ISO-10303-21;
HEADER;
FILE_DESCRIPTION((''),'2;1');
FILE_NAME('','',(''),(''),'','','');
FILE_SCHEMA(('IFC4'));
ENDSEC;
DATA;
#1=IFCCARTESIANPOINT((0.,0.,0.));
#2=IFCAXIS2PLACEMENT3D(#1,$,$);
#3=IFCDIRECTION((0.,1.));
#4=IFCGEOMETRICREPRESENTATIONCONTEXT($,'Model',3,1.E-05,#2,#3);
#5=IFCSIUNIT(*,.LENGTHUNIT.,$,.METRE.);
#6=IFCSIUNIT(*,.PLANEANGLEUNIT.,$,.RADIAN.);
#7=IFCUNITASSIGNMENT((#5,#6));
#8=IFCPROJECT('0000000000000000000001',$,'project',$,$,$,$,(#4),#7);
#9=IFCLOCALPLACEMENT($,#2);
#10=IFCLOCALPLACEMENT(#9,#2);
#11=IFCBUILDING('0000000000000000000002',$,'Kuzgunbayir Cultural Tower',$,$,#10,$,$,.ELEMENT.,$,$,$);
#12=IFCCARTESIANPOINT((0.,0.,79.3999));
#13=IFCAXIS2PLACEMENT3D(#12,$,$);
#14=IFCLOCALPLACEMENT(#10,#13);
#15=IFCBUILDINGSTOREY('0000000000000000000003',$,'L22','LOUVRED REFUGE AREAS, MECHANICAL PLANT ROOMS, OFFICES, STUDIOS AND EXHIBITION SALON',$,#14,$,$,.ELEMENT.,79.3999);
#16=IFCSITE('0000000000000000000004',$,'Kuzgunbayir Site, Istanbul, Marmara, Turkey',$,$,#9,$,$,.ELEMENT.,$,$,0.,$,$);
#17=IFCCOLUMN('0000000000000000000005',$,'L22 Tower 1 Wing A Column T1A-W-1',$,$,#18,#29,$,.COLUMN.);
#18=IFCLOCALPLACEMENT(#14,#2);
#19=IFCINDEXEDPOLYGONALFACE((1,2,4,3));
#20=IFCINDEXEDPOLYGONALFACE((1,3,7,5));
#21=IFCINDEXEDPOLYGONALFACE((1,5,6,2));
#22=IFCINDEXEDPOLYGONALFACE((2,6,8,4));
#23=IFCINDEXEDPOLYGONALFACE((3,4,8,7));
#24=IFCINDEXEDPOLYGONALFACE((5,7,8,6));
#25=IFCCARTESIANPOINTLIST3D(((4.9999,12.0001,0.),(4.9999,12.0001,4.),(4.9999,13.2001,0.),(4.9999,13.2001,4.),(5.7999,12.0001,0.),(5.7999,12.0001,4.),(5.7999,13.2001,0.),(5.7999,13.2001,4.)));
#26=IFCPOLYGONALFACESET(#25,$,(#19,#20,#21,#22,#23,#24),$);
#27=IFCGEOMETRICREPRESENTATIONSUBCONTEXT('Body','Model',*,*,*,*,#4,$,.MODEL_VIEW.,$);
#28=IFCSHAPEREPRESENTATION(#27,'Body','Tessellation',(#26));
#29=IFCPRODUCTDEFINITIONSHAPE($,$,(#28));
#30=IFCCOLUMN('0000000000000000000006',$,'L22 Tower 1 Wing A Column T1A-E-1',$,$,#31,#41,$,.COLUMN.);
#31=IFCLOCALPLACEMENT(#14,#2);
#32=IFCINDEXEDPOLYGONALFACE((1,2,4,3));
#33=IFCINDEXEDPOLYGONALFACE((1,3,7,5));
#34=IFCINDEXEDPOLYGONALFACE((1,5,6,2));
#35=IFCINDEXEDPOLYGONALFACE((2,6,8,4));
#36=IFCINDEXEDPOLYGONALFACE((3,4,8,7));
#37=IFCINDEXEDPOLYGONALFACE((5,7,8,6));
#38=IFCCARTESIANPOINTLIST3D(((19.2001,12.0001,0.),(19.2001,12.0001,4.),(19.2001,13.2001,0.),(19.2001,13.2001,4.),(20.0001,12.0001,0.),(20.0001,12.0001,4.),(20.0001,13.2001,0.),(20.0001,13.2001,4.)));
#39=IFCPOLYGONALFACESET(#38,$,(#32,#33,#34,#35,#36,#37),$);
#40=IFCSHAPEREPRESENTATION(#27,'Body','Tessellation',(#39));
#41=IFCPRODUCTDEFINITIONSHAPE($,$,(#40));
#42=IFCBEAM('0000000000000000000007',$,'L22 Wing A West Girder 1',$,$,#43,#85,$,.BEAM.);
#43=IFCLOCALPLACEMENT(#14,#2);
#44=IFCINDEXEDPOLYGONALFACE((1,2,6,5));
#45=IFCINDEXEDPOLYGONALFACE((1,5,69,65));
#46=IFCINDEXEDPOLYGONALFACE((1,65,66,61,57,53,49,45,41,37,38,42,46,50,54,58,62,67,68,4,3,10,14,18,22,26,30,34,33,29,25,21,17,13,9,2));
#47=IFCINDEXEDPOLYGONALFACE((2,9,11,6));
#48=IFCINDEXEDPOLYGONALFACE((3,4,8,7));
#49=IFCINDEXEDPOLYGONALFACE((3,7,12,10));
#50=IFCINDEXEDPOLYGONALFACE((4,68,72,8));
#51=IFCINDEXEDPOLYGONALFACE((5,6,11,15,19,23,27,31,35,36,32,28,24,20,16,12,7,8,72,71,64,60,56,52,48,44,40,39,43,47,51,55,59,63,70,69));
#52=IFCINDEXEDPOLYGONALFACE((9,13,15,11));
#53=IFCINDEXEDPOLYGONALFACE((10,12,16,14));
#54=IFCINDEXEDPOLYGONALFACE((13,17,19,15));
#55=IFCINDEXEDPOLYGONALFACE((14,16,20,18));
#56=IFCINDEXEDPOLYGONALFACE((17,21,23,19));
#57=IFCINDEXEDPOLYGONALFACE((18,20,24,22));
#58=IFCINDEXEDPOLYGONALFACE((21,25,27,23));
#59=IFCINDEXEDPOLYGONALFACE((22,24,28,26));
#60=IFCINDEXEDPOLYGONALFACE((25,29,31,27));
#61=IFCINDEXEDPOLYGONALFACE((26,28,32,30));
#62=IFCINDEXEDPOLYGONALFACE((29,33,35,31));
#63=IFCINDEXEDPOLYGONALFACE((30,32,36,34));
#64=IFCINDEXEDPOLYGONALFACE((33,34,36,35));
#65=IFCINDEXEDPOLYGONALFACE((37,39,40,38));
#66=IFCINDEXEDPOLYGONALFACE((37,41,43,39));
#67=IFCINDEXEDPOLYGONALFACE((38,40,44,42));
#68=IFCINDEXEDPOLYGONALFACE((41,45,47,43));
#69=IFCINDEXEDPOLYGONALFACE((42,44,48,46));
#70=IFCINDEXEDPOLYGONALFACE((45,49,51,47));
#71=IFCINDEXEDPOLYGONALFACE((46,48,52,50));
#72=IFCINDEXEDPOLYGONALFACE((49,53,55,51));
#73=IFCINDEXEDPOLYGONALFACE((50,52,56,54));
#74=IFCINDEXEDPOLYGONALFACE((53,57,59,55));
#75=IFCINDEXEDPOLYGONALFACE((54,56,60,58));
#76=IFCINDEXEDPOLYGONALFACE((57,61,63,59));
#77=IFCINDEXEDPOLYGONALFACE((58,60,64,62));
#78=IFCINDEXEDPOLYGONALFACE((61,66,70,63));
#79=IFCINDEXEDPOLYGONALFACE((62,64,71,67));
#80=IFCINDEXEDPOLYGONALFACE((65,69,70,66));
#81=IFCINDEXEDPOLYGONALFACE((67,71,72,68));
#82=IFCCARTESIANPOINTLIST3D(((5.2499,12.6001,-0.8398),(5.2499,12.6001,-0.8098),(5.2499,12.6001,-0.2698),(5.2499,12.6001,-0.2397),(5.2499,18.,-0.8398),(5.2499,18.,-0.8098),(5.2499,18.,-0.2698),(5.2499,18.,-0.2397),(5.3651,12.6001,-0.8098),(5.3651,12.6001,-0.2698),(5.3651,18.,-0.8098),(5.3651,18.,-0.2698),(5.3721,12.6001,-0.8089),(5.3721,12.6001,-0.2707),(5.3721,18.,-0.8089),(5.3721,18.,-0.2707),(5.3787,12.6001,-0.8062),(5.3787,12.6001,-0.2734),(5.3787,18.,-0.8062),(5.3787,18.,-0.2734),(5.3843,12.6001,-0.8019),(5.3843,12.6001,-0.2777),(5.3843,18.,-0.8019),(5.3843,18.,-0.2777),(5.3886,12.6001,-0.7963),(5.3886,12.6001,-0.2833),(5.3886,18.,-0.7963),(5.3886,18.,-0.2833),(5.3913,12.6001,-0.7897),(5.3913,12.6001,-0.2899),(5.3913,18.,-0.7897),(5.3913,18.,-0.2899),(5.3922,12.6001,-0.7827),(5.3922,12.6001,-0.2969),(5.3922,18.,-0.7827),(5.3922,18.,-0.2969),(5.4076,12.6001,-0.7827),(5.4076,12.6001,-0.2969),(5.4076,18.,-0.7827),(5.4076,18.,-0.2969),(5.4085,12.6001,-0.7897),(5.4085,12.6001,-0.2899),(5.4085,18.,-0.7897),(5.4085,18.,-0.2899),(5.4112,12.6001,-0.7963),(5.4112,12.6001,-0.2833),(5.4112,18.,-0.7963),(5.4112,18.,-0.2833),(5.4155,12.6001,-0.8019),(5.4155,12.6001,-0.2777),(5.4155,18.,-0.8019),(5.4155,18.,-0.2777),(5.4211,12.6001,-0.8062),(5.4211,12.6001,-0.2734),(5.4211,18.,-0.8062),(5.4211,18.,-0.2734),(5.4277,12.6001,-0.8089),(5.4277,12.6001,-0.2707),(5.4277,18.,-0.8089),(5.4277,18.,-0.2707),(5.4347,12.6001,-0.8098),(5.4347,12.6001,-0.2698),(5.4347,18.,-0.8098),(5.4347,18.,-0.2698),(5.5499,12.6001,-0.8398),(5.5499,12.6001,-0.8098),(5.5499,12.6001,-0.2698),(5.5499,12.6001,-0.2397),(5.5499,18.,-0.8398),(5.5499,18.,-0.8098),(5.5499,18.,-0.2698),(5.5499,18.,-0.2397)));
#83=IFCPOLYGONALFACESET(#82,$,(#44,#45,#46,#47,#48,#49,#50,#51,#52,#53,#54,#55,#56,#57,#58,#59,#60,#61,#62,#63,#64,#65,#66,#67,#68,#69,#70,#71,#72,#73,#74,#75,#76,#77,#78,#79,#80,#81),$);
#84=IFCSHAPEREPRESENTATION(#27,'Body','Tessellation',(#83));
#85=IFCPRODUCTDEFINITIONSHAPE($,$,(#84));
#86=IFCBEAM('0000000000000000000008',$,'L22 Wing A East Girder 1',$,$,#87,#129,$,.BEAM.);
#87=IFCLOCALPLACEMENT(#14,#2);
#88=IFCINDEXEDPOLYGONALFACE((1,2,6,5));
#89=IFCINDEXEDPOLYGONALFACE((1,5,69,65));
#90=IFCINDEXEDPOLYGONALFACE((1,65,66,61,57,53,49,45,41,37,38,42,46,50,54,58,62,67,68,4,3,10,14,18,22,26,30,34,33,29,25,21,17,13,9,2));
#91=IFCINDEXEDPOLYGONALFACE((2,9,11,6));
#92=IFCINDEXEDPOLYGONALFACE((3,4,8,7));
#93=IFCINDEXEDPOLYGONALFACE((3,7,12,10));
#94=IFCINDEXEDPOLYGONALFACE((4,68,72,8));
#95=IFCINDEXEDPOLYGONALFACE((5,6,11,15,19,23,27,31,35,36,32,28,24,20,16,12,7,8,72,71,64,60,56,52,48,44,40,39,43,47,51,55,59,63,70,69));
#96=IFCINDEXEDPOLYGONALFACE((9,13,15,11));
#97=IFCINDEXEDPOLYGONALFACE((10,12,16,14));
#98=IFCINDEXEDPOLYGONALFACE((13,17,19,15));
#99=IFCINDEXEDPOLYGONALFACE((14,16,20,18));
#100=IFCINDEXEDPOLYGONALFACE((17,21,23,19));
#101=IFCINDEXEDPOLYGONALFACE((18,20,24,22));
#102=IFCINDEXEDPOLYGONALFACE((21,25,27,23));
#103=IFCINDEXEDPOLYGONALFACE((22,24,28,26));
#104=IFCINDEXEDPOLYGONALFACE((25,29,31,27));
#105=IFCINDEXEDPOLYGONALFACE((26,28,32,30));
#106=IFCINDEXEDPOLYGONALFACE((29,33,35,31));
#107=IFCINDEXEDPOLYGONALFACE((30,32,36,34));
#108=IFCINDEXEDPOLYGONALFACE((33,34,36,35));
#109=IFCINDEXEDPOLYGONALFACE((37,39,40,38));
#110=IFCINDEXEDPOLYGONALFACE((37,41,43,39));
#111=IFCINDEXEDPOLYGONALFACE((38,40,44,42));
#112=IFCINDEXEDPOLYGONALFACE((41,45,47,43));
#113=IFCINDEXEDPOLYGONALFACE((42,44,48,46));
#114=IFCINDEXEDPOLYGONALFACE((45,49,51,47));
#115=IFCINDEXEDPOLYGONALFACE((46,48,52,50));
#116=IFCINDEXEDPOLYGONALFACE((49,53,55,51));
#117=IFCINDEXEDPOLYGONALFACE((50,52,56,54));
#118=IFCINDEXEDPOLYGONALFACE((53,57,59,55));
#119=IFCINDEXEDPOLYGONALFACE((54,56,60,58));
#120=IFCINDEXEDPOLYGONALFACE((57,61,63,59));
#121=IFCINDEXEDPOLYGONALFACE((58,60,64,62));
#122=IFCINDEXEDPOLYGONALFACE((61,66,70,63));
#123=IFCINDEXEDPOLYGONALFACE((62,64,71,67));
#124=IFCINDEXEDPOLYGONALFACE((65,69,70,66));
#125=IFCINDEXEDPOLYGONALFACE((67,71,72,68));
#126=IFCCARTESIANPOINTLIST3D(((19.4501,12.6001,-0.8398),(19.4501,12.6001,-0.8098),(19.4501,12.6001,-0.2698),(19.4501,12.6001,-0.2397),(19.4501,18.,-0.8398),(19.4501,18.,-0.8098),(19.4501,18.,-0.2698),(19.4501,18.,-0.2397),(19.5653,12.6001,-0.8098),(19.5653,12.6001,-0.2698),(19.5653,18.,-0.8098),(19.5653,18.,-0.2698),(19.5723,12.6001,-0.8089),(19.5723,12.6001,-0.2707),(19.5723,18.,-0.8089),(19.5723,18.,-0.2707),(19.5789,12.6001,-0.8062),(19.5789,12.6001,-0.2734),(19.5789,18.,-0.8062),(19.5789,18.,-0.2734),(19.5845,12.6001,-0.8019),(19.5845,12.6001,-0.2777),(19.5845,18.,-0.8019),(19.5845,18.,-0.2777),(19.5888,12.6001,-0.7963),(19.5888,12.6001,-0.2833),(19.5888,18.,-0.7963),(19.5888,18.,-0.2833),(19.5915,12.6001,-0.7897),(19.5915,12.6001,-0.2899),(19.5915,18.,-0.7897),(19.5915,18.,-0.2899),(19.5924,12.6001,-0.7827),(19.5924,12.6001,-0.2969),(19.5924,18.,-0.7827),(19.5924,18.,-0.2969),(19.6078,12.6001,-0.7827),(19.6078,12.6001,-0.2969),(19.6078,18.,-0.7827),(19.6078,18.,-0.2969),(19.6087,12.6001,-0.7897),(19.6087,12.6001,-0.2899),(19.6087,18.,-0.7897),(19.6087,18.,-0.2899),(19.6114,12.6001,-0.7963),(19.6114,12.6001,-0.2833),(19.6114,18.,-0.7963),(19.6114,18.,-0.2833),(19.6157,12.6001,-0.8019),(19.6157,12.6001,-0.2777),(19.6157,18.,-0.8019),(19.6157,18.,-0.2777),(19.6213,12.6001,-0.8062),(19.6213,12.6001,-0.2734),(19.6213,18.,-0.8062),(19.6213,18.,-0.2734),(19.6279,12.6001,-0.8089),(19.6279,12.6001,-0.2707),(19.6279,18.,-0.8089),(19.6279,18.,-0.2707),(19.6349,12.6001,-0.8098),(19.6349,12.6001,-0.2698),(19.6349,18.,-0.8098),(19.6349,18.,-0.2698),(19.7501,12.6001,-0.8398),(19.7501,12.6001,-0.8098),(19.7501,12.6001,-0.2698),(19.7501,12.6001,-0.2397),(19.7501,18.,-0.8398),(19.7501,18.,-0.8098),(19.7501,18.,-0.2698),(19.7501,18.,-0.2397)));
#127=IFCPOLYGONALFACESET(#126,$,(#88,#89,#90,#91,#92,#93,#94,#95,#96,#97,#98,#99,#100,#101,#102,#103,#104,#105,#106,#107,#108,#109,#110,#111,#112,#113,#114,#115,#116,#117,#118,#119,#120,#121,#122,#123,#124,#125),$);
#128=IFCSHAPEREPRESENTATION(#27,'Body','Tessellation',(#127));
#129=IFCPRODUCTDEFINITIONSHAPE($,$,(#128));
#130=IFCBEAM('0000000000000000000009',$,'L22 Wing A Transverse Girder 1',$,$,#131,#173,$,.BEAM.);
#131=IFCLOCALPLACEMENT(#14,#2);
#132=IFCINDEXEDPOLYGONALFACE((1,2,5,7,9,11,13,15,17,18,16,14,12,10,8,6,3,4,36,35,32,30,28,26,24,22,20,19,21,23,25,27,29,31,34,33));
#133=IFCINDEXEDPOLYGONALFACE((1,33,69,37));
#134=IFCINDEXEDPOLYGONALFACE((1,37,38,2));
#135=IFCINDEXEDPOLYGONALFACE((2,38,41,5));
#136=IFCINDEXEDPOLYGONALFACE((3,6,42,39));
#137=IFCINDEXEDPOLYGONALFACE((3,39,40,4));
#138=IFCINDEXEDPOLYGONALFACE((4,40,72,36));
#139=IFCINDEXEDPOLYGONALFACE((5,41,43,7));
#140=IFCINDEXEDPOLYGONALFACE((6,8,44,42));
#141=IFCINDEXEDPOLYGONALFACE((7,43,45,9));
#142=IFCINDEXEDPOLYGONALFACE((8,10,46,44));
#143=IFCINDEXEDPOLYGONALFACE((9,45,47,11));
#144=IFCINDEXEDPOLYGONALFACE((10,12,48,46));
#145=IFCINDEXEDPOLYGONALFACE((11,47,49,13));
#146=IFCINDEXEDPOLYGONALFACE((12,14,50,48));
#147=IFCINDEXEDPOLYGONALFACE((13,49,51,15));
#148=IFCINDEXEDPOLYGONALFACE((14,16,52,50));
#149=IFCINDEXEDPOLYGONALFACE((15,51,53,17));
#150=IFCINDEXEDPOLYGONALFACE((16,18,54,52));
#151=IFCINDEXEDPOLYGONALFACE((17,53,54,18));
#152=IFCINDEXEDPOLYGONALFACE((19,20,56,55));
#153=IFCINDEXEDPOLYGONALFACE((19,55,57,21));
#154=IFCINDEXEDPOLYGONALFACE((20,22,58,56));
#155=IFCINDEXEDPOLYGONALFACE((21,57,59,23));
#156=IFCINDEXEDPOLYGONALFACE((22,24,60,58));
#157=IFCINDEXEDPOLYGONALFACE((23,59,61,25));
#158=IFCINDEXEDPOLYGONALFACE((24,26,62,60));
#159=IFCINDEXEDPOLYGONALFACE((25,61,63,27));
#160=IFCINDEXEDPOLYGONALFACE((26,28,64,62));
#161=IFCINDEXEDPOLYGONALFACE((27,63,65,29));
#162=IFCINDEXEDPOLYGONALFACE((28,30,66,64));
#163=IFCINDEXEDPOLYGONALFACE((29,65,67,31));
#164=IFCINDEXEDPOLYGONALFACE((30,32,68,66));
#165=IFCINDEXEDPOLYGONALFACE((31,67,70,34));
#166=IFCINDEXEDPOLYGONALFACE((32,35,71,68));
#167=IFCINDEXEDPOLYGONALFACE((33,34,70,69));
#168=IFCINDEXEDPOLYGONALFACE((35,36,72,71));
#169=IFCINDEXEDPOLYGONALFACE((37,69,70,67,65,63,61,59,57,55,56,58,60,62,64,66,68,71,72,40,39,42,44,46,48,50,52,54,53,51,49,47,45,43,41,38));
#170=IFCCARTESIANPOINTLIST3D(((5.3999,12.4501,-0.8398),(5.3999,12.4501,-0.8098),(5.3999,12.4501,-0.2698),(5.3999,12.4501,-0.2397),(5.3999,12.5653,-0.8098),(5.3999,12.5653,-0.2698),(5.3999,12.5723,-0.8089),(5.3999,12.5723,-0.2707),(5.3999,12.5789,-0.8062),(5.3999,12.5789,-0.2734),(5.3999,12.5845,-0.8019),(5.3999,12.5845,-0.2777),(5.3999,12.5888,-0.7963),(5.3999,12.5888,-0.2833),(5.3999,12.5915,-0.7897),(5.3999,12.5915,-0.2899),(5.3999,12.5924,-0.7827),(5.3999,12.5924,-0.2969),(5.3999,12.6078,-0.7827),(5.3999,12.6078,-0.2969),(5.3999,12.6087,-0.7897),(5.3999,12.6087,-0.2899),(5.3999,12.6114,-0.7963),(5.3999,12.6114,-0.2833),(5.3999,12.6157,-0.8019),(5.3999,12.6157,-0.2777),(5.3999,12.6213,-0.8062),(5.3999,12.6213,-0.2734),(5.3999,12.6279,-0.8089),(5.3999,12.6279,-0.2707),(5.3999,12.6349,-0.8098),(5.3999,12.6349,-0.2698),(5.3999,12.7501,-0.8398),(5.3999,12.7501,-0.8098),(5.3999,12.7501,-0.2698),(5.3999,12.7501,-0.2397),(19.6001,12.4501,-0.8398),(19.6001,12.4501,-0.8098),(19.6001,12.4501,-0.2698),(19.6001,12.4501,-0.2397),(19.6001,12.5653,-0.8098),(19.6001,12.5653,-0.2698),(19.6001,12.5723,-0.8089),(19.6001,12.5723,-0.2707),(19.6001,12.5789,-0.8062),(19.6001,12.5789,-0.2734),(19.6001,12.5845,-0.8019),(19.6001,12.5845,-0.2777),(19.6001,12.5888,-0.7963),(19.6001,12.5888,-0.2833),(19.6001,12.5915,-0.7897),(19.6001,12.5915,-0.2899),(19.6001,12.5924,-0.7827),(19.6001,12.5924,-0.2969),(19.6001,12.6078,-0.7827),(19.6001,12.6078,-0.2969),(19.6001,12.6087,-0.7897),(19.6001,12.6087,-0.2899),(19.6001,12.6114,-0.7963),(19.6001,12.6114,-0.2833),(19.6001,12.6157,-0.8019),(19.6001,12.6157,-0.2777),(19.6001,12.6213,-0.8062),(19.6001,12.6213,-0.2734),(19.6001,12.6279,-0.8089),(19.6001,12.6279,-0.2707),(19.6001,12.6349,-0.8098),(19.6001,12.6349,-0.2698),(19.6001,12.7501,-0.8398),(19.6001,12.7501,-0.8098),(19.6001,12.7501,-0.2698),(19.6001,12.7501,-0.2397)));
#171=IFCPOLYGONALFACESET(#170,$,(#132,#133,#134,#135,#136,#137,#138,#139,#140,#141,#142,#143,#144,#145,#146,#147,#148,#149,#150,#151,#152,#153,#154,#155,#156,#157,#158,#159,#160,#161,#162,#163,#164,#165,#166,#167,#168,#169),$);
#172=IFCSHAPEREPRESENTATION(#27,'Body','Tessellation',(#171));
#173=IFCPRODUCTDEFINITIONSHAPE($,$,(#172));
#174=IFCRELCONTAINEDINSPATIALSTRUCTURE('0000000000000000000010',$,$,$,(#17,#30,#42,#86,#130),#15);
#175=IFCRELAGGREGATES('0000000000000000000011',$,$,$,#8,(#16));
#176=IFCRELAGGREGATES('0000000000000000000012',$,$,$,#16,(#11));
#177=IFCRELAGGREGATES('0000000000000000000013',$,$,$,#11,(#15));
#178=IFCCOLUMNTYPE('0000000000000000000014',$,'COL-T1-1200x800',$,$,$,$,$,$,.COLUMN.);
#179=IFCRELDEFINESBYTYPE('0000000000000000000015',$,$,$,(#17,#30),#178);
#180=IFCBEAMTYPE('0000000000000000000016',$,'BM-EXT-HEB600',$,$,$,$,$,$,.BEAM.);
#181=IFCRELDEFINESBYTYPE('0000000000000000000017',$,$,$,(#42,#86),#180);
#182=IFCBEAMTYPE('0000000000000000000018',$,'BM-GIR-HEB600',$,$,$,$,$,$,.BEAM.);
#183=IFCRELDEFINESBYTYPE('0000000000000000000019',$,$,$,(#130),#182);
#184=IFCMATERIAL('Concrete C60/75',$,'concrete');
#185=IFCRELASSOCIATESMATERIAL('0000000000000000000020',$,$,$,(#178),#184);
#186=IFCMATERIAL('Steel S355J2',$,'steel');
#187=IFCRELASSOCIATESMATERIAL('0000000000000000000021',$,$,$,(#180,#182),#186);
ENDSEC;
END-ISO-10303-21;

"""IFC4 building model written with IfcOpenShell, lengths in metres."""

from ifc_helpers import new_model, si_unit, direction, frame, origin, origin_2d, place, context, subcontext, project, spatial, rectangle, i_section, extrude, material, material_profile, profile_set, type_object, element, save


model = new_model("IFC4")

# Units and contexts
model_context = context("Model", 3, precision=1e-05, world=origin(), true_north=direction((0.0, 1.0)))
body_context = subcontext(model_context, "Body", "Model", "MODEL_VIEW")
ifc_project = project(units=[si_unit("LENGTHUNIT", "METRE"), si_unit("PLANEANGLEUNIT", "RADIAN")], contexts=[model_context])

# Site, building, storey
site_placement = place(None, origin())
site = spatial("IfcSite", under=ifc_project, at=site_placement, Name="Kuzgunbayir Site, Istanbul, Marmara, Turkey", CompositionType="ELEMENT", RefElevation=0.0)
building_placement = place(site_placement, origin())
building = spatial("IfcBuilding", under=site, at=building_placement, Name="Kuzgunbayir Cultural Tower", CompositionType="ELEMENT")
storey_placement = place(building_placement, frame((0.0, 0.0, 79.3999)))
storey = spatial("IfcBuildingStorey", under=building, at=storey_placement, Name="L22", Description="LOUVRED REFUGE AREAS, MECHANICAL PLANT ROOMS, OFFICES, STUDIOS AND EXHIBITION SALON", CompositionType="ELEMENT", Elevation=79.3999)

# Columns
ifc_material_1 = material(Name="Concrete C60/75", Category="concrete")
ifc_material_profile_1 = material_profile(ifc_material_1, rectangle(XDim=0.8, YDim=1.2, at=origin_2d()), Name="RC 1200x800")
ifc_profile_set_1 = profile_set([ifc_material_profile_1], Name="Concrete C60/75")
column_type = type_object("IfcColumnType", Name="COL-T1-1200x800", PredefinedType="COLUMN", material=ifc_profile_set_1)
for number, where, z_axis, x_axis, name in (
    (1, (5.3999, 12.6001, 0.0), (0.0, 0.0, 1.0), (1.0, 0.0, 0.0), "L22 Tower 1 Wing A Column T1A-W-1"),
    (2, (19.6001, 12.6001, 0.0), (0.0, 0.0, 1.0), (1.0, 0.0, 0.0), "L22 Tower 1 Wing A Column T1A-E-1"),
):
    element("IfcColumn", number, at=place(storey_placement, frame(where, z_axis=z_axis, x_axis=x_axis)), inside=storey, type_object=column_type, Name=name, PredefinedType="COLUMN", context=body_context, shape_type="SweptSolid", body=[
        extrude(rectangle(XDim=0.8, YDim=1.2, at=origin_2d()), origin(), (0.0, 0.0, 1.0), 4.0),
    ])

# Beams
ifc_material_2 = material(Name="Steel S355J2", Category="steel")
ifc_material_profile_2 = material_profile(ifc_material_2, i_section(OverallWidth=0.3, OverallDepth=0.6001, WebThickness=0.0154, FlangeThickness=0.03, FilletRadius=0.0271, at=origin_2d()), Name="HEB 600")
ifc_profile_set_2 = profile_set([ifc_material_profile_2], Name="Steel S355J2")
beam_type_1 = type_object("IfcBeamType", Name="BM-EXT-HEB600", PredefinedType="BEAM", material=ifc_profile_set_2)
for number, where, z_axis, x_axis, name in (
    (3, (5.3999, 12.6001, -0.5398), (0.0, 1.0, 0.0), (-1.0, 0.0, 0.0), "L22 Wing A West Girder 1"),
    (4, (19.6001, 12.6001, -0.5398), (0.0, 1.0, 0.0), (-1.0, 0.0, 0.0), "L22 Wing A East Girder 1"),
):
    element("IfcBeam", number, at=place(storey_placement, frame(where, z_axis=z_axis, x_axis=x_axis)), inside=storey, type_object=beam_type_1, Name=name, PredefinedType="BEAM", context=body_context, shape_type="SweptSolid", body=[
        extrude(i_section(OverallWidth=0.3, OverallDepth=0.6001, WebThickness=0.0154, FlangeThickness=0.03, FilletRadius=0.0271, at=origin_2d()), origin(), (0.0, 0.0, 1.0), 5.3999),
    ])
ifc_material_profile_3 = material_profile(ifc_material_2, i_section(OverallWidth=0.3, OverallDepth=0.6001, WebThickness=0.0154, FlangeThickness=0.03, FilletRadius=0.0271, at=origin_2d()), Name="HEB 600")
ifc_profile_set_3 = profile_set([ifc_material_profile_3], Name="Steel S355J2")
beam_type_2 = type_object("IfcBeamType", Name="BM-GIR-HEB600", PredefinedType="BEAM", material=ifc_profile_set_3)
beam_1_placement = place(storey_placement, frame((5.3999, 12.6001, -0.5398), z_axis=(1.0, 0.0, 0.0), x_axis=(0.0, 1.0, 0.0)))
element("IfcBeam", 5, at=beam_1_placement, inside=storey, type_object=beam_type_2, Name="L22 Wing A Transverse Girder 1", PredefinedType="BEAM", context=body_context, shape_type="SweptSolid", body=[
    extrude(i_section(OverallWidth=0.3, OverallDepth=0.6001, WebThickness=0.0154, FlangeThickness=0.03, FilletRadius=0.0271, at=origin_2d()), origin(), (0.0, 0.0, 1.0), 14.2002),
])

save(model, "model.ifc")
